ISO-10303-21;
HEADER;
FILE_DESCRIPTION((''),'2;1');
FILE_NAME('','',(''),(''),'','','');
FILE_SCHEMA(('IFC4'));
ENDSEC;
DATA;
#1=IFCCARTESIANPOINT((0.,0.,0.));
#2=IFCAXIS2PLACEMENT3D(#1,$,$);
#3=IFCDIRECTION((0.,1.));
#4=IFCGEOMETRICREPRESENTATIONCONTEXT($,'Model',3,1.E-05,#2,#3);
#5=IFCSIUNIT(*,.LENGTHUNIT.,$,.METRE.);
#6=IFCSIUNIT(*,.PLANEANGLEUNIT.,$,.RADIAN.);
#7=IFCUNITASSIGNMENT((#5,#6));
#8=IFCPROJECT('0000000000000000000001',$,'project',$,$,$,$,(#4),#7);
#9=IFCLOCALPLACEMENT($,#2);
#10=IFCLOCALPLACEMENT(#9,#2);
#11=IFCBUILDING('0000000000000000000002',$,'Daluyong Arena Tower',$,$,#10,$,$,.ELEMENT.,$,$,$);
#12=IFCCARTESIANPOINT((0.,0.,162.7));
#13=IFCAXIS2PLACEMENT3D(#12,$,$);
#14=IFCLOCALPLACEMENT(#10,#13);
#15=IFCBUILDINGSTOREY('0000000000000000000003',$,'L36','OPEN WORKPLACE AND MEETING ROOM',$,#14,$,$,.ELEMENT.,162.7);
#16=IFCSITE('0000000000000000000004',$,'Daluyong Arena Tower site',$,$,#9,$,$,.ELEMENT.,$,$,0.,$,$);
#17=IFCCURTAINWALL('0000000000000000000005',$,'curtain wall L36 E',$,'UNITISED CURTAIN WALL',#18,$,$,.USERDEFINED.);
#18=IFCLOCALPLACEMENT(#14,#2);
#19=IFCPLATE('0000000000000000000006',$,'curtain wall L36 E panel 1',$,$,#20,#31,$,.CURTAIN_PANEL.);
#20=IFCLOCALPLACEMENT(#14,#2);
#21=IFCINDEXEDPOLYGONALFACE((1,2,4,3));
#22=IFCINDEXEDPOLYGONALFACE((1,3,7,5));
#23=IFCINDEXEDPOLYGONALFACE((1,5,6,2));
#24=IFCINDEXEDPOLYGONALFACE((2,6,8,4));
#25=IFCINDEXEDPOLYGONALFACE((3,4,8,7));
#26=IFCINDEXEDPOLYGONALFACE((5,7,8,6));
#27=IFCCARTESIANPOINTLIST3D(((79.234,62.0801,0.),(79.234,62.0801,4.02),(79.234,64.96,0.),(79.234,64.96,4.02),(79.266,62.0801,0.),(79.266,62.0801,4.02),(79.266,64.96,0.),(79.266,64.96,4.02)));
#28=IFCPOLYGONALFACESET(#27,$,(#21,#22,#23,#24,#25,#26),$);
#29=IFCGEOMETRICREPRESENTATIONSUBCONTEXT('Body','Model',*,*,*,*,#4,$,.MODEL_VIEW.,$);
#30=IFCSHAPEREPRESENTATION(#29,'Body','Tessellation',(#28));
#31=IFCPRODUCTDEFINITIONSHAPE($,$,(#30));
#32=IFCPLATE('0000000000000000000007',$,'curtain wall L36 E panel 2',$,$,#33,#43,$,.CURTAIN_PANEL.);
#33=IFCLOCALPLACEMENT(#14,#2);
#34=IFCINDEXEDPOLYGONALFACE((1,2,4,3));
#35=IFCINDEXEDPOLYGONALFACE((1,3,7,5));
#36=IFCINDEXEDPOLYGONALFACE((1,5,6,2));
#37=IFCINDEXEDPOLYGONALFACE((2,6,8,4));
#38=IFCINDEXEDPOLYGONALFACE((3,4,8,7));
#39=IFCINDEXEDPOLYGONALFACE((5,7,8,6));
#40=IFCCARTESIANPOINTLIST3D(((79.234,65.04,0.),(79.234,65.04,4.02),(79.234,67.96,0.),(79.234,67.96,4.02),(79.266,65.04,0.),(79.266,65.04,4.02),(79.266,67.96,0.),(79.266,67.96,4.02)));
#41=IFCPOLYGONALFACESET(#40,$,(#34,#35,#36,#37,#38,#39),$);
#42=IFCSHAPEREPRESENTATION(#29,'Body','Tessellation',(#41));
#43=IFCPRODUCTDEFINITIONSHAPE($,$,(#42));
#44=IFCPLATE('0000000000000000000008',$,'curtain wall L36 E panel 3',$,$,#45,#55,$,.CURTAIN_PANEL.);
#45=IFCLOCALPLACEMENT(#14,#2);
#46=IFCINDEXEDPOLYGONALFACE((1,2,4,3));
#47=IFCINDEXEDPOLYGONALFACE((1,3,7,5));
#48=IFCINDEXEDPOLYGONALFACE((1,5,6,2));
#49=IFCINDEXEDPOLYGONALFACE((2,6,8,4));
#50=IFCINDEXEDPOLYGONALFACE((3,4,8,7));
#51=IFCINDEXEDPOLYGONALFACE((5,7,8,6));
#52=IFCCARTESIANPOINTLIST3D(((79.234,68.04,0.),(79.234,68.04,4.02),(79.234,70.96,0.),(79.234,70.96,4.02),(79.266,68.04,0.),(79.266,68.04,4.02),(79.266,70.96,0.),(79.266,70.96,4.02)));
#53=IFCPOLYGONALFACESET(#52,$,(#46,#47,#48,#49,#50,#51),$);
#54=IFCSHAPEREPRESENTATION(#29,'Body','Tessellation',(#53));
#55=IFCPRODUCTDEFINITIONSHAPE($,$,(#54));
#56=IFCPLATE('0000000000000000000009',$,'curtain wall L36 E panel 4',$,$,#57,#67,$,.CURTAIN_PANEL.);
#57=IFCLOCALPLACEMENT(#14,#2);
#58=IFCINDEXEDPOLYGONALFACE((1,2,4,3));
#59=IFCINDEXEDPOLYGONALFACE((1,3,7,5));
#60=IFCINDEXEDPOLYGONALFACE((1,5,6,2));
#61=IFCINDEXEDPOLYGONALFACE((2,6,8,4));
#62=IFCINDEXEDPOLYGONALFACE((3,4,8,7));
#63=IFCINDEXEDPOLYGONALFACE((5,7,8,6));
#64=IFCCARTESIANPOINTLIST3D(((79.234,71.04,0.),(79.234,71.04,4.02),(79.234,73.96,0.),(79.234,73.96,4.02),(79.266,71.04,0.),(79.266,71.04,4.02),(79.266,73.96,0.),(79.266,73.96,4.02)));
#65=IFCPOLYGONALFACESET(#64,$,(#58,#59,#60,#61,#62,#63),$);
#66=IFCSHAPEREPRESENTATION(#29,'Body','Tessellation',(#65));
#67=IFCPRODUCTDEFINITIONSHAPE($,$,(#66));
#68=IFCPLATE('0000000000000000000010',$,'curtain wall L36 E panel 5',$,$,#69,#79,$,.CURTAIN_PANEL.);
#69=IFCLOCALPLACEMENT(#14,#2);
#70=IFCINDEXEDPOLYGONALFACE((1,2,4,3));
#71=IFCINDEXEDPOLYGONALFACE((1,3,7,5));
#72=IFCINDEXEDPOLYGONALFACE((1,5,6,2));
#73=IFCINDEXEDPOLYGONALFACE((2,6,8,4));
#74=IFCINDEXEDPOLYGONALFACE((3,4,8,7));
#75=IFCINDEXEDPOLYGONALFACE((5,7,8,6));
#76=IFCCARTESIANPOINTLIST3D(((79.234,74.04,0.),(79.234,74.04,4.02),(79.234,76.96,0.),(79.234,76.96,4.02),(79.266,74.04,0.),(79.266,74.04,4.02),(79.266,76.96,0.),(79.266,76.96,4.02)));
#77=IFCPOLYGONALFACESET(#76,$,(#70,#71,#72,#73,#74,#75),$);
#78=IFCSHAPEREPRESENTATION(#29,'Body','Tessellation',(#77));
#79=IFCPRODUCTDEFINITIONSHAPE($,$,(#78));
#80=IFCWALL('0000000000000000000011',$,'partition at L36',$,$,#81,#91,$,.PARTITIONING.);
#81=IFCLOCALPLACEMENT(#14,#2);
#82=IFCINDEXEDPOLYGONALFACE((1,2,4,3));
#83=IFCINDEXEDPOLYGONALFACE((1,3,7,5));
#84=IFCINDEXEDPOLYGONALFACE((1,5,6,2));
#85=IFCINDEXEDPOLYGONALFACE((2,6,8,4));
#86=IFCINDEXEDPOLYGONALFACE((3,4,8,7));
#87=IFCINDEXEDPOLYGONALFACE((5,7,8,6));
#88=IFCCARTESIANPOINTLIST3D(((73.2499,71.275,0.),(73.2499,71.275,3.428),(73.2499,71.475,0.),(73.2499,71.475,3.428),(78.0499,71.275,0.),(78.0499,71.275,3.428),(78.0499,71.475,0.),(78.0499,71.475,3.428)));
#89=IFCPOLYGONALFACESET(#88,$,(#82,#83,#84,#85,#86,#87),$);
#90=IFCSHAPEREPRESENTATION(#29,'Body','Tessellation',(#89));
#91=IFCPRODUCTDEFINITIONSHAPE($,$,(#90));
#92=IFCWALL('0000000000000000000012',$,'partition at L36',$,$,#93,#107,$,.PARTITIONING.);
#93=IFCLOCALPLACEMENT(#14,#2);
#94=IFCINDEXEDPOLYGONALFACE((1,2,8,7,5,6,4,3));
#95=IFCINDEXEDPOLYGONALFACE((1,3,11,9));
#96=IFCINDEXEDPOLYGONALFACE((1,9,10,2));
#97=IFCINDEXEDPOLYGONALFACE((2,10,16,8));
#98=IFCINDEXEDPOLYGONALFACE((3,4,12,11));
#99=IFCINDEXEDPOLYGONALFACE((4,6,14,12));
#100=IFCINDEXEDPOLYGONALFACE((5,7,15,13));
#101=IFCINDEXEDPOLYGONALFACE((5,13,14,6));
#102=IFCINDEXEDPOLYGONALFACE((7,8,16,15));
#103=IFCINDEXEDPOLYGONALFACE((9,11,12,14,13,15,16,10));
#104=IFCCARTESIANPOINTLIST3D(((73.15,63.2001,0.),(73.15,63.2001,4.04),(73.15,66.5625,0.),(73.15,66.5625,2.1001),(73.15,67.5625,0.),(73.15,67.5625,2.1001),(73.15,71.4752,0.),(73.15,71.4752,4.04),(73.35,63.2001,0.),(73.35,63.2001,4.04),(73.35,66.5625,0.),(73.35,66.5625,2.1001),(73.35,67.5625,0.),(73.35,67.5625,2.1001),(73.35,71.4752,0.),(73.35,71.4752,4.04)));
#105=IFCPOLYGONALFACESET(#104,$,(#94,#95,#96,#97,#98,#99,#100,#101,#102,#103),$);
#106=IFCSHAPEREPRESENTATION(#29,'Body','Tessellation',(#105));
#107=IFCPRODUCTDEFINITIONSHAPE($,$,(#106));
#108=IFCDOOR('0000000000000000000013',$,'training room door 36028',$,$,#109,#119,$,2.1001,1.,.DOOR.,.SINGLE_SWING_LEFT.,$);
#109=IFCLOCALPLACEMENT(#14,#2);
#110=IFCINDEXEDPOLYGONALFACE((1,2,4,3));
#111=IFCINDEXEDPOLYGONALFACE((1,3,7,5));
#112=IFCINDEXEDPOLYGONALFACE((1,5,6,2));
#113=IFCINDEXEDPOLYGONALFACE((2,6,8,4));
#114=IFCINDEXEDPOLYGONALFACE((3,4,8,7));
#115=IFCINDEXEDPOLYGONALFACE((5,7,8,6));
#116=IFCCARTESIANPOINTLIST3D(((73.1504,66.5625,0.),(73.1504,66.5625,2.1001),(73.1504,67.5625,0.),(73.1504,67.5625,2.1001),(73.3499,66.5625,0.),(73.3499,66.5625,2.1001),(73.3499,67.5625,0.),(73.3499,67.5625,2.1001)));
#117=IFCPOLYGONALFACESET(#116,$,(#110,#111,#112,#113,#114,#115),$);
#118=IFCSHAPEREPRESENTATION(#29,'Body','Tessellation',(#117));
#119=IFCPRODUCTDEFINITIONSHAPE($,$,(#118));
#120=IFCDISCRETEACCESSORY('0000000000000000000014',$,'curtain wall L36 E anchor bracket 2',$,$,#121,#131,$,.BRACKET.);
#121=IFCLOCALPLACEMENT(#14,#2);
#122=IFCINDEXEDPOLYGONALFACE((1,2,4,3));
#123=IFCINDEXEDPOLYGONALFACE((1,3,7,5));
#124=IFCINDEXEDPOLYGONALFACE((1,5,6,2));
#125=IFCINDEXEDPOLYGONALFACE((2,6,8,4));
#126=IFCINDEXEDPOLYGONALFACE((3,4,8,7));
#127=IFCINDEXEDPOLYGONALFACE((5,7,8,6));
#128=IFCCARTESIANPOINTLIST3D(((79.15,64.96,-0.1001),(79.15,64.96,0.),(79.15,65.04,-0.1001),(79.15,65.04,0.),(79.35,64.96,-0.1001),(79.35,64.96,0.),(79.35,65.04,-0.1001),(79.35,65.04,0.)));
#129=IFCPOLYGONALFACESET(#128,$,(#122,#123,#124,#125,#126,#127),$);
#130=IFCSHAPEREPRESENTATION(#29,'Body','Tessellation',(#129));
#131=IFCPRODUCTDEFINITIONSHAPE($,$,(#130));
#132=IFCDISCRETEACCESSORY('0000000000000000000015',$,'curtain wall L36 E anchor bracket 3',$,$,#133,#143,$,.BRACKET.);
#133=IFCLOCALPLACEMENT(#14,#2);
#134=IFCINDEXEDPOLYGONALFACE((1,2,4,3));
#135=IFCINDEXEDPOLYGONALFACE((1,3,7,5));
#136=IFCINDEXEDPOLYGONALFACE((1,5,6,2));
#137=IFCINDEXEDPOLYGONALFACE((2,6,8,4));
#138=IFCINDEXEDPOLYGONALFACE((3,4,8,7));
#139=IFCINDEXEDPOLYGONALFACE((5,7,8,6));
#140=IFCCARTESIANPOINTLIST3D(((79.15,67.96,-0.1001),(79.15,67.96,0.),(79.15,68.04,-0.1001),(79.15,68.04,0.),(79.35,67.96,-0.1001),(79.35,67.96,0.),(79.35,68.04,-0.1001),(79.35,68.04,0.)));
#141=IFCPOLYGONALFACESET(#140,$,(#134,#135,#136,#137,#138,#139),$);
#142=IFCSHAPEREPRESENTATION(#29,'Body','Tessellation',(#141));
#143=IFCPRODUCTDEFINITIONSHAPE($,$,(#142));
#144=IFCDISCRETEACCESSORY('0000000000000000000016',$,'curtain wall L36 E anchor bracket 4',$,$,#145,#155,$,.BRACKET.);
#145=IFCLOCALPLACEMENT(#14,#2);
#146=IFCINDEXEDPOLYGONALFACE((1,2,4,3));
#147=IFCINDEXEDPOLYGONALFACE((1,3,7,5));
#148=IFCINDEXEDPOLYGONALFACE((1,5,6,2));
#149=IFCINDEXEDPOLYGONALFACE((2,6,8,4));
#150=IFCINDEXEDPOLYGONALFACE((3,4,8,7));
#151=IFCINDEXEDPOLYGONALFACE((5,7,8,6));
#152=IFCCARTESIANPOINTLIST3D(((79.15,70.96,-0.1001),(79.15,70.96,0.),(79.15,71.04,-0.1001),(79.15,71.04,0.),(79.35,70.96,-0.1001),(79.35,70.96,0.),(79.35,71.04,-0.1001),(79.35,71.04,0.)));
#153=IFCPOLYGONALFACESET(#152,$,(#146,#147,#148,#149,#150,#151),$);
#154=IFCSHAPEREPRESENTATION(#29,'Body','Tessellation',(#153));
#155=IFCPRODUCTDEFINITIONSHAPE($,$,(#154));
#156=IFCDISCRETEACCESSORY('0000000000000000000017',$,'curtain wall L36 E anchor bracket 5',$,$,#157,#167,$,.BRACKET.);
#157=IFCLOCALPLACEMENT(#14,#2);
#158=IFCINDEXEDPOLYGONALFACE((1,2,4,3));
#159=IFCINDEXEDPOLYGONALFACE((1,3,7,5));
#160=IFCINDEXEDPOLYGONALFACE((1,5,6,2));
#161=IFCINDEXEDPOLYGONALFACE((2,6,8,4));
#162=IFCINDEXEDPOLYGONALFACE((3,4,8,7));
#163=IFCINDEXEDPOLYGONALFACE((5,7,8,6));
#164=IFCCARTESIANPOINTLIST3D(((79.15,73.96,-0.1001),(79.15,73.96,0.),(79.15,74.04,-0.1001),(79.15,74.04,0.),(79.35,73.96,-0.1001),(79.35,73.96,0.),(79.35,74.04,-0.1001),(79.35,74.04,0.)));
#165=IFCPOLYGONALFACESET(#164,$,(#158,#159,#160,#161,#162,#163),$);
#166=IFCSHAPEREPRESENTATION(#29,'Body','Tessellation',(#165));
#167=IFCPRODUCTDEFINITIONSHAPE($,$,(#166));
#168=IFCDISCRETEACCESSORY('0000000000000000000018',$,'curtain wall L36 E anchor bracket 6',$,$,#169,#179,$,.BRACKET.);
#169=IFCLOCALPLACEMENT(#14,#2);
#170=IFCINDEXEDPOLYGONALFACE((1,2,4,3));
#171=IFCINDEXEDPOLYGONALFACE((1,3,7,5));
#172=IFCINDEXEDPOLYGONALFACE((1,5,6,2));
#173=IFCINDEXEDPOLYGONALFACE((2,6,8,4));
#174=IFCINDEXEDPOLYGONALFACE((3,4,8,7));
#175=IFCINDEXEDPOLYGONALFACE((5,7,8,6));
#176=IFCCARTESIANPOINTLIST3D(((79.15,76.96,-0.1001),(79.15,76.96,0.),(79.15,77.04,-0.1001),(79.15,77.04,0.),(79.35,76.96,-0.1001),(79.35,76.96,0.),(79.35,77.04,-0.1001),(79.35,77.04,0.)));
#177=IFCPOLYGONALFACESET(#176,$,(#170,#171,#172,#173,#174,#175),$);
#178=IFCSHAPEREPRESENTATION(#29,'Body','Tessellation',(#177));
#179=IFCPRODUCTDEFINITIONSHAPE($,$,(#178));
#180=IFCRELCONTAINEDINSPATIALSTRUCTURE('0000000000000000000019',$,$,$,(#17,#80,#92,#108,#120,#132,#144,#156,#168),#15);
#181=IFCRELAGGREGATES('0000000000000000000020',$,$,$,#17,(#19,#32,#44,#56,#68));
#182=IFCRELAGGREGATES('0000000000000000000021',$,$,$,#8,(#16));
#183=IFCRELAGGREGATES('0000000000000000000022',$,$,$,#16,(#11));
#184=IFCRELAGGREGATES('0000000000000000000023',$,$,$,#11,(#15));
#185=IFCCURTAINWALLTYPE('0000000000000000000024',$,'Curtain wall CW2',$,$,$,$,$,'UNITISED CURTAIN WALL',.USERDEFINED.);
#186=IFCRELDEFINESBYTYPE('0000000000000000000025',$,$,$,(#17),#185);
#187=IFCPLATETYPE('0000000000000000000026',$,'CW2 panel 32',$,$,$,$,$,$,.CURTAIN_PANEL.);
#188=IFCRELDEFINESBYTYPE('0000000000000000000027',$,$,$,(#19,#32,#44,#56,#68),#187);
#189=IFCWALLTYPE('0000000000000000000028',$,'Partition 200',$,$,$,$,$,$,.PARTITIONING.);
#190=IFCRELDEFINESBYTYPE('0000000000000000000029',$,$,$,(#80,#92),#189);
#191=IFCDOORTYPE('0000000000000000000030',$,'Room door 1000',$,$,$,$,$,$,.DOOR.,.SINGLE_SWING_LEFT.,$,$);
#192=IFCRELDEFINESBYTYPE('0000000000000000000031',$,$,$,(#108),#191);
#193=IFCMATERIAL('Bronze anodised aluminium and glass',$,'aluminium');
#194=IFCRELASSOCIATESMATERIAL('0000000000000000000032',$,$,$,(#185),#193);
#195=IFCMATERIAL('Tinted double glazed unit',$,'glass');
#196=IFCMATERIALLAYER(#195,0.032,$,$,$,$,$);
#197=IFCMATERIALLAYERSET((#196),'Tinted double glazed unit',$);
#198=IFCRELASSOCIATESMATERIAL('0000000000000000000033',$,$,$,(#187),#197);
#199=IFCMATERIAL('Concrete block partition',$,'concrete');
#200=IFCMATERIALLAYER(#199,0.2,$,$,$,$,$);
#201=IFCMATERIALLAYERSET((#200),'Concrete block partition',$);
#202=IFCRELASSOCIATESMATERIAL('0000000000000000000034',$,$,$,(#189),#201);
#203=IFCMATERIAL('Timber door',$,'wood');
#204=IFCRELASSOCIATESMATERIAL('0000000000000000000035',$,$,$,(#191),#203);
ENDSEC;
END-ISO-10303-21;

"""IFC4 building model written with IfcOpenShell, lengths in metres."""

from ifc_helpers import new_model, si_unit, direction, frame, frame_2d, origin, origin_2d, place, context, subcontext, project, spatial, rectangle, extrude, material, layer, layer_set, type_object, element, fill, aggregate, save


model = new_model("IFC4")

# Units and contexts
model_context = context("Model", 3, precision=1e-05, world=origin(), true_north=direction((0.0, 1.0)))
body_context = subcontext(model_context, "Body", "Model", "MODEL_VIEW")
ifc_project = project(units=[si_unit("LENGTHUNIT", "METRE"), si_unit("PLANEANGLEUNIT", "RADIAN")], contexts=[model_context])

# Site, building, storey
site_placement = place(None, origin())
site = spatial("IfcSite", under=ifc_project, at=site_placement, Name="Daluyong Arena Tower site", CompositionType="ELEMENT", RefElevation=0.0)
building_placement = place(site_placement, origin())
building = spatial("IfcBuilding", under=site, at=building_placement, Name="Daluyong Arena Tower", CompositionType="ELEMENT")
storey_placement = place(building_placement, frame((0.0, 0.0, 162.7)))
storey = spatial("IfcBuildingStorey", under=building, at=storey_placement, Name="L36", Description="OPEN WORKPLACE AND MEETING ROOM", CompositionType="ELEMENT", Elevation=162.7)

# Curtain wall
ifc_material_1 = material(Name="Bronze anodised aluminium and glass", Category="aluminium")
curtain_wall_type = type_object("IfcCurtainWallType", Name="Curtain wall CW2", ElementType="UNITISED CURTAIN WALL", PredefinedType="USERDEFINED", material=ifc_material_1)
curtain_wall_placement = place(storey_placement, origin())
curtain_wall = element("IfcCurtainWall", 1, at=curtain_wall_placement, inside=storey, type_object=curtain_wall_type, Name="curtain wall L36 E", ObjectType="UNITISED CURTAIN WALL", PredefinedType="USERDEFINED")

# Plates
ifc_material_2 = material(Name="Tinted double glazed unit", Category="glass")
ifc_layer_1 = layer(ifc_material_2, 0.032)
ifc_layer_set_1 = layer_set([ifc_layer_1], Name="Tinted double glazed unit")
plate_type = type_object("IfcPlateType", Name="CW2 panel 32", PredefinedType="CURTAIN_PANEL", material=ifc_layer_set_1)
plate_1_placement = place(storey_placement, frame((79.25, 63.52, 0.0), z_axis=(0.0, 0.0, 1.0), x_axis=(0.0, 1.0, 0.0)))
plate_1 = element("IfcPlate", 2, at=plate_1_placement, type_object=plate_type, Name="curtain wall L36 E panel 1", PredefinedType="CURTAIN_PANEL", context=body_context, shape_type="SweptSolid", body=[
    extrude(rectangle(XDim=2.8799, YDim=0.032, at=origin_2d()), origin(), (0.0, 0.0, 1.0), 4.02),
])
plate_2_placement = place(storey_placement, frame((79.25, 66.5, 0.0), z_axis=(0.0, 0.0, 1.0), x_axis=(0.0, 1.0, 0.0)))
plate_2 = element("IfcPlate", 3, at=plate_2_placement, type_object=plate_type, Name="curtain wall L36 E panel 2", PredefinedType="CURTAIN_PANEL", context=body_context, shape_type="SweptSolid", body=[
    extrude(rectangle(XDim=2.9199, YDim=0.032, at=origin_2d()), origin(), (0.0, 0.0, 1.0), 4.02),
])
plate_3_placement = place(storey_placement, frame((79.25, 69.5, 0.0), z_axis=(0.0, 0.0, 1.0), x_axis=(0.0, 1.0, 0.0)))
plate_3 = element("IfcPlate", 4, at=plate_3_placement, type_object=plate_type, Name="curtain wall L36 E panel 3", PredefinedType="CURTAIN_PANEL", context=body_context, shape_type="SweptSolid", body=[
    extrude(rectangle(XDim=2.9199, YDim=0.032, at=origin_2d()), origin(), (0.0, 0.0, 1.0), 4.02),
])
plate_4_placement = place(storey_placement, frame((79.25, 72.5, 0.0), z_axis=(0.0, 0.0, 1.0), x_axis=(0.0, 1.0, 0.0)))
plate_4 = element("IfcPlate", 5, at=plate_4_placement, type_object=plate_type, Name="curtain wall L36 E panel 4", PredefinedType="CURTAIN_PANEL", context=body_context, shape_type="SweptSolid", body=[
    extrude(rectangle(XDim=2.9199, YDim=0.032, at=origin_2d()), origin(), (0.0, 0.0, 1.0), 4.02),
])
plate_5_placement = place(storey_placement, frame((79.25, 75.5, 0.0), z_axis=(0.0, 0.0, 1.0), x_axis=(0.0, 1.0, 0.0)))
plate_5 = element("IfcPlate", 6, at=plate_5_placement, type_object=plate_type, Name="curtain wall L36 E panel 5", PredefinedType="CURTAIN_PANEL", context=body_context, shape_type="SweptSolid", body=[
    extrude(rectangle(XDim=2.9199, YDim=0.032, at=origin_2d()), origin(), (0.0, 0.0, 1.0), 4.02),
])
aggregate(curtain_wall, [plate_1, plate_2, plate_3, plate_4, plate_5])

# Wall
ifc_material_3 = material(Name="Concrete block partition", Category="concrete")
ifc_layer_2 = layer(ifc_material_3, 0.2)
ifc_layer_set_2 = layer_set([ifc_layer_2], Name="Concrete block partition")
wall_type = type_object("IfcWallType", Name="Partition 200", PredefinedType="PARTITIONING", material=ifc_layer_set_2)
wall_1_placement = place(storey_placement, frame((73.25, 71.375, 0.0), z_axis=(0.0, 0.0, 1.0), x_axis=(1.0, 0.0, 0.0)))
element("IfcWall", 7, at=wall_1_placement, inside=storey, type_object=wall_type, Name="partition at L36", PredefinedType="PARTITIONING", context=body_context, shape_type="SweptSolid", body=[
    extrude(rectangle(XDim=4.8, YDim=0.2, at=frame_2d((2.3999, 0.0))), origin(), (0.0, 0.0, 1.0), 3.428),
])

# Wall, opening, door
wall_2_placement = place(storey_placement, frame((73.25, 63.2, 0.0), z_axis=(0.0, 0.0, 1.0), x_axis=(0.0, 1.0, 0.0)))
wall_2 = element("IfcWall", 8, at=wall_2_placement, inside=storey, type_object=wall_type, Name="partition at L36", PredefinedType="PARTITIONING", context=body_context, shape_type="SweptSolid", body=[
    extrude(rectangle(XDim=8.2751, YDim=0.2, at=frame_2d((4.1377, 0.0))), origin(), (0.0, 0.0, 1.0), 4.04),
])
opening_placement = place(wall_2_placement, frame((3.3625, 0.0, 0.0)))
opening = element("IfcOpeningElement", 9, at=opening_placement, cuts=wall_2, PredefinedType="OPENING", context=body_context, shape_type="SweptSolid", body=[
    extrude(rectangle(XDim=1.0, YDim=2.1001, at=frame_2d((0.5, 1.05))), frame((0.0, 0.1099, 0.0), z_axis=(0.0, -1.0, 0.0), x_axis=(1.0, 0.0, 0.0)), (0.0, 0.0, 1.0), 0.22),
])
ifc_material_4 = material(Name="Timber door", Category="wood")
door_type = type_object("IfcDoorType", Name="Room door 1000", OperationType="SINGLE_SWING_LEFT", PredefinedType="DOOR", material=ifc_material_4)
door_placement = place(opening_placement, origin())
door = element("IfcDoor", 10, at=door_placement, inside=storey, type_object=door_type, Name="training room door 36028", OperationType="SINGLE_SWING_LEFT", OverallHeight=2.1001, OverallWidth=1.0, PredefinedType="DOOR", context=body_context, shape_type="SweptSolid", body=[
    extrude(rectangle(XDim=1.0, YDim=2.1001, at=frame_2d((0.5, 1.05))), frame((0.0, 0.0996, 0.0), z_axis=(0.0, -1.0, 0.0), x_axis=(1.0, 0.0, 0.0)), (0.0, 0.0, 1.0), 0.1995),
])
fill(opening, door)

# Discrete accessories
for number, where, z_axis, x_axis, name in (
    (11, (79.25, 65.0, -0.1001), (0.0, 0.0, 1.0), (0.0, 1.0, 0.0), "curtain wall L36 E anchor bracket 2"),
    (12, (79.25, 68.0, -0.1001), (0.0, 0.0, 1.0), (0.0, 1.0, 0.0), "curtain wall L36 E anchor bracket 3"),
    (13, (79.25, 71.0, -0.1001), (0.0, 0.0, 1.0), (0.0, 1.0, 0.0), "curtain wall L36 E anchor bracket 4"),
    (14, (79.25, 74.0, -0.1001), (0.0, 0.0, 1.0), (0.0, 1.0, 0.0), "curtain wall L36 E anchor bracket 5"),
    (15, (79.25, 77.0, -0.1001), (0.0, 0.0, 1.0), (0.0, 1.0, 0.0), "curtain wall L36 E anchor bracket 6"),
):
    element("IfcDiscreteAccessory", number, at=place(storey_placement, frame(where, z_axis=z_axis, x_axis=x_axis)), inside=storey, Name=name, PredefinedType="BRACKET", context=body_context, shape_type="SweptSolid", body=[
        extrude(rectangle(XDim=0.0801, YDim=0.2, at=origin_2d()), origin(), (0.0, 0.0, 1.0), 0.1001),
    ])

save(model, "model.ifc")
